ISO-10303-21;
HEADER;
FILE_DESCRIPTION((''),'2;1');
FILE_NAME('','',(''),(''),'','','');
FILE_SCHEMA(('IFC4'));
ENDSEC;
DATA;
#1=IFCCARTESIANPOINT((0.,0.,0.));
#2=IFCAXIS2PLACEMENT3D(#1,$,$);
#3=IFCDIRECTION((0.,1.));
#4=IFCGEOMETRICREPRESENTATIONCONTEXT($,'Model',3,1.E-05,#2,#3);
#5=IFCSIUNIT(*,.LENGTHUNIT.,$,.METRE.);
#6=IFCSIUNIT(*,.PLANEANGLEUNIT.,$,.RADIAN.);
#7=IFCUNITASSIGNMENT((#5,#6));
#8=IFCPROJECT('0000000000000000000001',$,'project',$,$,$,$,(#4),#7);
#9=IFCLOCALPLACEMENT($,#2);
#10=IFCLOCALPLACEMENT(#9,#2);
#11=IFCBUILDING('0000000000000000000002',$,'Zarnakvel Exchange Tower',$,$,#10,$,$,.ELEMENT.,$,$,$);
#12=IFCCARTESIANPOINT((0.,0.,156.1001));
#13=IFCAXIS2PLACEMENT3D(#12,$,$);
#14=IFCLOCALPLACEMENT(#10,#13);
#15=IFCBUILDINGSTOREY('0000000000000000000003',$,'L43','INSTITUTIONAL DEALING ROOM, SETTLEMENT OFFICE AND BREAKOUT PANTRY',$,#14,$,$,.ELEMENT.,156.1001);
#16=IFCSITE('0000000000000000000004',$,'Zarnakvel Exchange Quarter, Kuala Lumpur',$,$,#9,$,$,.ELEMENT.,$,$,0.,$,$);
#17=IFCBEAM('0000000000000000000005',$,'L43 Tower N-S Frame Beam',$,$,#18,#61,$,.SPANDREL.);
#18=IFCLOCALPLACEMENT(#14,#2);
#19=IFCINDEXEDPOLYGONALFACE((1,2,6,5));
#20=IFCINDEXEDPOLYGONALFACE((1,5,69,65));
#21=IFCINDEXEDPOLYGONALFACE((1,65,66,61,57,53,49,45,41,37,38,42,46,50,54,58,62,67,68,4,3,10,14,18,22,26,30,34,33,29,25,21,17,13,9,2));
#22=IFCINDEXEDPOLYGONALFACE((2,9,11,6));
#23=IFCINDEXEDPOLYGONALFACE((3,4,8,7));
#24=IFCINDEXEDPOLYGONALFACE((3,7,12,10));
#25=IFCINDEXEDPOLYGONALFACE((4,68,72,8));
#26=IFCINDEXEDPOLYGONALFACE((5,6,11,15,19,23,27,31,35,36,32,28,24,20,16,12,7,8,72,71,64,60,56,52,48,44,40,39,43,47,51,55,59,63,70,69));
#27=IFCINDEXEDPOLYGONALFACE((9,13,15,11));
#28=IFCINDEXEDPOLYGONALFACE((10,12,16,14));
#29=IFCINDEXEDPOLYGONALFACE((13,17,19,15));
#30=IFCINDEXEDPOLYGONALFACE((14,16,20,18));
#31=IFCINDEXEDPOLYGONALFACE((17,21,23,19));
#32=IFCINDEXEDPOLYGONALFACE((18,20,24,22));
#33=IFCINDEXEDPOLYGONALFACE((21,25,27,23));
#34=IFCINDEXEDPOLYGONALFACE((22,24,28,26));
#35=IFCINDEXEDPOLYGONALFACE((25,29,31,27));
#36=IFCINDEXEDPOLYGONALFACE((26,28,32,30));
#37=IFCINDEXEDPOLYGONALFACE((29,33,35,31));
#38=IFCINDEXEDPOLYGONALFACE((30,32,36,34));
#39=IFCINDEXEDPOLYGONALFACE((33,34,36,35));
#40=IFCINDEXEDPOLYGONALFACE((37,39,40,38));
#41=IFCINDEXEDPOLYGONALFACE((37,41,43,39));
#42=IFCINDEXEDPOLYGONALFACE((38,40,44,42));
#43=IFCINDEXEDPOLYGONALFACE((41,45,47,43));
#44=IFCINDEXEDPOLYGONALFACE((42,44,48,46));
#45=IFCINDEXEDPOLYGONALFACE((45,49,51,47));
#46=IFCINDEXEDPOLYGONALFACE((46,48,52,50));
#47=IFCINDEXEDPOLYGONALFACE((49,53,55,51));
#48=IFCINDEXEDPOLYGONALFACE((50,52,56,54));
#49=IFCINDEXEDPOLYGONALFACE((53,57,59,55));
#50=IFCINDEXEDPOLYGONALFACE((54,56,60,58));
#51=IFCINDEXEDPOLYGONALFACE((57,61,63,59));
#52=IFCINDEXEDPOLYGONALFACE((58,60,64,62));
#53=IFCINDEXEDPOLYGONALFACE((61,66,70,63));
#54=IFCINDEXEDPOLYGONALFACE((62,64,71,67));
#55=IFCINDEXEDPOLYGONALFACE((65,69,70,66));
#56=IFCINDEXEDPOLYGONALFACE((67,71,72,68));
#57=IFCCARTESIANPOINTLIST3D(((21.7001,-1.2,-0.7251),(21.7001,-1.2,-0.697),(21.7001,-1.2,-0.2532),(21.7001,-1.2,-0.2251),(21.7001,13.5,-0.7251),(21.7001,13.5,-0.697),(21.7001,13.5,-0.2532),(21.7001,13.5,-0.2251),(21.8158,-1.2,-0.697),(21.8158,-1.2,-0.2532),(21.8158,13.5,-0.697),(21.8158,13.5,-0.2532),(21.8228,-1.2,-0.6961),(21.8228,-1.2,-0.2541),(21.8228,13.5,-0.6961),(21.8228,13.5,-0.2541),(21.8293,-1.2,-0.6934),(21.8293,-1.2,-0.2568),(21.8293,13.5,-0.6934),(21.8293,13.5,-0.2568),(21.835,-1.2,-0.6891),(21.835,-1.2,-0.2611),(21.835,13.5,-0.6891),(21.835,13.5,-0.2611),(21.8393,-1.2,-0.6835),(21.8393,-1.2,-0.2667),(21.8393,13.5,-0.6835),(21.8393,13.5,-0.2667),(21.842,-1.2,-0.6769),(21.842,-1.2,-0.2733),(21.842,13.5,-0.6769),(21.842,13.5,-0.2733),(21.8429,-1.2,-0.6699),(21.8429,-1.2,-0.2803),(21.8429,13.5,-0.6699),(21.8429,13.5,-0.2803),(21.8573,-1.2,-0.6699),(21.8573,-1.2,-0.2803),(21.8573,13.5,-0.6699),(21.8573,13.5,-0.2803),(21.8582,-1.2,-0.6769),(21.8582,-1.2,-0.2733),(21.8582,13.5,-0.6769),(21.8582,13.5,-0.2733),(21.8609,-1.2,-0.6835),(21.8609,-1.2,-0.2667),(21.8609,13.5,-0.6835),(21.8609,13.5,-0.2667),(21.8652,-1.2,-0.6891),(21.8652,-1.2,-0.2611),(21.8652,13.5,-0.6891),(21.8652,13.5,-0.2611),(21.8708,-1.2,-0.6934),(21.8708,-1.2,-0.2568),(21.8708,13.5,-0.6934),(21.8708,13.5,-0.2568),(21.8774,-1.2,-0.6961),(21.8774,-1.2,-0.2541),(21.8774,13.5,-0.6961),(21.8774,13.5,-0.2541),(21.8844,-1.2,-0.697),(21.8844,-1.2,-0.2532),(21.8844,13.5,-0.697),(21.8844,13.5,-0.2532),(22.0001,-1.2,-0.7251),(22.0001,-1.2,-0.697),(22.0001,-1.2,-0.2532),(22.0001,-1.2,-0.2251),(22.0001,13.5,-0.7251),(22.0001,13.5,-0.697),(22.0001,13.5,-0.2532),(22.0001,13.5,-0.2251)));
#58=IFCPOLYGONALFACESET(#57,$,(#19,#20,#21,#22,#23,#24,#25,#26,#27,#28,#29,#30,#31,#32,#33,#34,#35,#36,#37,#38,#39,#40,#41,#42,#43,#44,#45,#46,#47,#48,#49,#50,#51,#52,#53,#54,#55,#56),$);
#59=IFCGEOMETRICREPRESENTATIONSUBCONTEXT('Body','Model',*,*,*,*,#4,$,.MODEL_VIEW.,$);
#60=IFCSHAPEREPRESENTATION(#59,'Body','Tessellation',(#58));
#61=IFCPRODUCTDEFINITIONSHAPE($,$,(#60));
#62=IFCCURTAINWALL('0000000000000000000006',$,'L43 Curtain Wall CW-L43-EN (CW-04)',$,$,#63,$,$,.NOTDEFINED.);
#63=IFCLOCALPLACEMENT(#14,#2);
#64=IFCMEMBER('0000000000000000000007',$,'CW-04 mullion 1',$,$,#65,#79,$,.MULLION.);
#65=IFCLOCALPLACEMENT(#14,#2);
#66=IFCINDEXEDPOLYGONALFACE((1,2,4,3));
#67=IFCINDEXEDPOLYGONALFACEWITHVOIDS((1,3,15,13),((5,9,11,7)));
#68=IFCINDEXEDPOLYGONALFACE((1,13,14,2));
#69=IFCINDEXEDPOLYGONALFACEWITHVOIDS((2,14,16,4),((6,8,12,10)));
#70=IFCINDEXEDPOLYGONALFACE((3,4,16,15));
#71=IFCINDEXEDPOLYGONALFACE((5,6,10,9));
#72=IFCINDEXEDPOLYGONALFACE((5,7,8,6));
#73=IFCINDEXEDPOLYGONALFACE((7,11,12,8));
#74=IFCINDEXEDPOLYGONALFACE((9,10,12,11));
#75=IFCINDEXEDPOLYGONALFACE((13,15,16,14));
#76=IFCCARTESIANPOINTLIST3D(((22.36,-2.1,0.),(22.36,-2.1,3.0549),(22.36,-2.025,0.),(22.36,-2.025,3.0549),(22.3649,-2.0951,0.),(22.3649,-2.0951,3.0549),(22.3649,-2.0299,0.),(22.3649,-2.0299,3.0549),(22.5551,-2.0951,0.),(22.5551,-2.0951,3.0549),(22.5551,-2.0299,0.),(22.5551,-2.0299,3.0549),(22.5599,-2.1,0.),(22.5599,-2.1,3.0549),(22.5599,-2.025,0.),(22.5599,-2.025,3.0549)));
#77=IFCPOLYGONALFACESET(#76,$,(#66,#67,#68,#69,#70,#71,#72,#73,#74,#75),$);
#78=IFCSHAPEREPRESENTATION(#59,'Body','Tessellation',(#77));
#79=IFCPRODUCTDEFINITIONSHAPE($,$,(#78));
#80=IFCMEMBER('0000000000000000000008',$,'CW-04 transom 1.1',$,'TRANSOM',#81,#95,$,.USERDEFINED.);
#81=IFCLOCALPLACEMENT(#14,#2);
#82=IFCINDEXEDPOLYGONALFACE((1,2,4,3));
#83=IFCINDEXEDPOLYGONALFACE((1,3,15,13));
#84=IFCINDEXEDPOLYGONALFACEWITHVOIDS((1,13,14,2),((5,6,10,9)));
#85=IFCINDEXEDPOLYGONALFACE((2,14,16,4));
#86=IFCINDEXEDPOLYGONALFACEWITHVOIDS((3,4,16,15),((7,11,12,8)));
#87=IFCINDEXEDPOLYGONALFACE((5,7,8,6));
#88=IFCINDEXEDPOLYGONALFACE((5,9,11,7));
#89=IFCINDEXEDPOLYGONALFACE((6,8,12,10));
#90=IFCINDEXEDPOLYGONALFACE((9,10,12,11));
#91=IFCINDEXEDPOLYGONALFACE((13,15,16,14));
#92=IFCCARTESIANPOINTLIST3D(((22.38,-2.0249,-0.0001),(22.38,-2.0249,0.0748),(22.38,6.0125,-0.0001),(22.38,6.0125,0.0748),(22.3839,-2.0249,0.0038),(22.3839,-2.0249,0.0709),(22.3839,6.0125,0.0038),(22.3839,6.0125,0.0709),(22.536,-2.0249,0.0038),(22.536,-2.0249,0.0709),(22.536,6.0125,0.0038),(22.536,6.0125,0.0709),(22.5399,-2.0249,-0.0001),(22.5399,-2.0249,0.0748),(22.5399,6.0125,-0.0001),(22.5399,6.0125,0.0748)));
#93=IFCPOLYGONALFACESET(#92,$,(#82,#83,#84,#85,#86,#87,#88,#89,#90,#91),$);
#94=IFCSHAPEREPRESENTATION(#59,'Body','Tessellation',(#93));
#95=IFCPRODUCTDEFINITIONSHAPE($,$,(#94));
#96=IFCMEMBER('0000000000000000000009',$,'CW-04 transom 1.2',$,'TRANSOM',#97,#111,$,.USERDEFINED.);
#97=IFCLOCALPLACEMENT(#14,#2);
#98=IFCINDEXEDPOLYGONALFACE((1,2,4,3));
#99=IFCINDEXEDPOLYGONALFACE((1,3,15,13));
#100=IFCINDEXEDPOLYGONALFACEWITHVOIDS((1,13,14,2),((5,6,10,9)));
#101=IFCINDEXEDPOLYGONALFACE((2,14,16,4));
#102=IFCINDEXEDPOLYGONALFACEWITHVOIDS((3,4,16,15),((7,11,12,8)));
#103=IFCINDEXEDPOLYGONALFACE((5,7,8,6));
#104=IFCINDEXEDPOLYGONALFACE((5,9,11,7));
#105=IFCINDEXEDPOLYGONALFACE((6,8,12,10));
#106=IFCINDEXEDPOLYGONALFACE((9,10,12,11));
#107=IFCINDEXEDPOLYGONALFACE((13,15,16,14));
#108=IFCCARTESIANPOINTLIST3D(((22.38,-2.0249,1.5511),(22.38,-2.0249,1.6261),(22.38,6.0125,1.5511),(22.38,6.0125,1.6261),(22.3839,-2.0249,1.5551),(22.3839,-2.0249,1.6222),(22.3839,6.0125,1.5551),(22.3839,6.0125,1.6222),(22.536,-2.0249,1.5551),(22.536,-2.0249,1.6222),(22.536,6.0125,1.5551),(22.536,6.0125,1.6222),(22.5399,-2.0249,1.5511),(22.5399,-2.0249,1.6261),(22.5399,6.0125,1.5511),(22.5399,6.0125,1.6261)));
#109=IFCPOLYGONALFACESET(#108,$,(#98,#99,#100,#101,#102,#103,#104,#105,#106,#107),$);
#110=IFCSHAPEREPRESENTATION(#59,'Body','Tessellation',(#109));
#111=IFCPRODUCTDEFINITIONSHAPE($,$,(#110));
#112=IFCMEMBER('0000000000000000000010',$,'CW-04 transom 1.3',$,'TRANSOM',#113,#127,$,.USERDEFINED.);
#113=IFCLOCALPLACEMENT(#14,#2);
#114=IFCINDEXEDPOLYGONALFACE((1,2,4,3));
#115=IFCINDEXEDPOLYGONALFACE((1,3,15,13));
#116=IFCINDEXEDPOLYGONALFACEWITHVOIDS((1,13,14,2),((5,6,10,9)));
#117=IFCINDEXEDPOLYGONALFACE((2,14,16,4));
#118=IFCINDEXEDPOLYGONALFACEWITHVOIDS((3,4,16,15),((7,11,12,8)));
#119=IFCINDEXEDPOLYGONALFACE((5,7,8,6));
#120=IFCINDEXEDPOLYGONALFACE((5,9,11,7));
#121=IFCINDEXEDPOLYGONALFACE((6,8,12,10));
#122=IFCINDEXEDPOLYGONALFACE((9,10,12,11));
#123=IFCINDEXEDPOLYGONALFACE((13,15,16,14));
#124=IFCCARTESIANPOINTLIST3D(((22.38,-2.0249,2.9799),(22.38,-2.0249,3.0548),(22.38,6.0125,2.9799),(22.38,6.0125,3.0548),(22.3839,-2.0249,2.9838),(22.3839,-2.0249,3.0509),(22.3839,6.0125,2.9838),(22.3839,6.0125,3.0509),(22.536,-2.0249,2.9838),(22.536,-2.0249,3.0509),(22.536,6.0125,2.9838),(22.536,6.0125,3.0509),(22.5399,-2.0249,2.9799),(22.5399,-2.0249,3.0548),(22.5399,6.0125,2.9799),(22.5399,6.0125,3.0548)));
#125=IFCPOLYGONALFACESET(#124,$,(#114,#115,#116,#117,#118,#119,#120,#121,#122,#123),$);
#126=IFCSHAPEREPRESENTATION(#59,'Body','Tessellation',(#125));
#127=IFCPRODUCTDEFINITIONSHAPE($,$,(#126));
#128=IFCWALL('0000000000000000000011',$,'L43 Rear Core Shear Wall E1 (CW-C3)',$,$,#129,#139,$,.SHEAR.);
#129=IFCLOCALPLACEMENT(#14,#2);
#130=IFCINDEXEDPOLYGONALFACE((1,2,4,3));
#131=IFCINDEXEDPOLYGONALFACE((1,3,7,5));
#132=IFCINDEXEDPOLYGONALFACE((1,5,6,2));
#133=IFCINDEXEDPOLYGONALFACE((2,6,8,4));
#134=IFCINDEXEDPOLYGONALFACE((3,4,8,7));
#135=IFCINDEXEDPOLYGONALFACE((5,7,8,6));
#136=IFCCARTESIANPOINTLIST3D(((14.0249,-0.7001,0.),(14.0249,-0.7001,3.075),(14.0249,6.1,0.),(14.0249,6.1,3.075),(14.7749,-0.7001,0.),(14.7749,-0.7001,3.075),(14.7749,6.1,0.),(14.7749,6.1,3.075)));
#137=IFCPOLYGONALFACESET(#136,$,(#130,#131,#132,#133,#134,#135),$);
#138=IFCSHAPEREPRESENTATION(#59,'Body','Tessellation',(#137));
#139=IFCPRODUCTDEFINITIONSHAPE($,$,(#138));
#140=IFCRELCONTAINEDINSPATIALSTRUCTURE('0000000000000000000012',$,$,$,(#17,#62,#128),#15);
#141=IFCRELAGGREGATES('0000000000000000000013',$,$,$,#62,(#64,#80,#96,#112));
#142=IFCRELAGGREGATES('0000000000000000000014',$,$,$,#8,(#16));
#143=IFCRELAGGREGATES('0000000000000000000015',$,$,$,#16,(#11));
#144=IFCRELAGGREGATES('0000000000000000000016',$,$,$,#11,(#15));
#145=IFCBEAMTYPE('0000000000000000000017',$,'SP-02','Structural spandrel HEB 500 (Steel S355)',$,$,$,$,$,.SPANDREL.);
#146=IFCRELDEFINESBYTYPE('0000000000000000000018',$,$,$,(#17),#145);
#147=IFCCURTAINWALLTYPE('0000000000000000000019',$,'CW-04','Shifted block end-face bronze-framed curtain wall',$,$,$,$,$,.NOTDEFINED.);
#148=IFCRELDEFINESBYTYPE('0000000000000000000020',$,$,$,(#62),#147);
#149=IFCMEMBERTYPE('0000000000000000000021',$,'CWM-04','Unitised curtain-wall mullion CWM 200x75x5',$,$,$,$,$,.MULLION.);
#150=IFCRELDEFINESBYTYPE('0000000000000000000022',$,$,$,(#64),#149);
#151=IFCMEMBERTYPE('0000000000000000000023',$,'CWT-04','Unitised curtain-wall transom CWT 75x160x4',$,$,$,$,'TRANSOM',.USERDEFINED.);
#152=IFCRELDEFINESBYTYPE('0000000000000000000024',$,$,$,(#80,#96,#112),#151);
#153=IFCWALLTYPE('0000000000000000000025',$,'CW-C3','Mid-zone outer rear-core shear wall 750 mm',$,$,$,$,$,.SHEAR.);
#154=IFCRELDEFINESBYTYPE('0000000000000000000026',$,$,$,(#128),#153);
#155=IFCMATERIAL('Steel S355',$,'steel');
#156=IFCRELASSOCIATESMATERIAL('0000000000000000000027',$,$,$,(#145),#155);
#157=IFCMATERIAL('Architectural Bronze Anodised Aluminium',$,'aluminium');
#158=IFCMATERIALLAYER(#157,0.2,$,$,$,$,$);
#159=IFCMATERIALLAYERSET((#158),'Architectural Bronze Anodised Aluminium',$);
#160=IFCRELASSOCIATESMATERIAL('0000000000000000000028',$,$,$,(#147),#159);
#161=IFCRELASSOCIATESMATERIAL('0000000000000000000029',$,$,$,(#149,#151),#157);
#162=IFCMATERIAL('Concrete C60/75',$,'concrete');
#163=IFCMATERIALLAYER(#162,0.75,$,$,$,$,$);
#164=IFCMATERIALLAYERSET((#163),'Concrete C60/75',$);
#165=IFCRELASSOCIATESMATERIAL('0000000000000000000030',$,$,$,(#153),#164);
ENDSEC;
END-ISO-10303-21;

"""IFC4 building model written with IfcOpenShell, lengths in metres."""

from ifc_helpers import new_model, si_unit, direction, frame, frame_2d, origin, origin_2d, place, context, subcontext, project, spatial, rectangle, hollow_rectangle, i_section, extrude, source, transform, mapped, material, layer, layer_set, material_profile, profile_set, type_object, element, aggregate, save


model = new_model("IFC4")

# Units and contexts
model_context = context("Model", 3, precision=1e-05, world=origin(), true_north=direction((0.0, 1.0)))
body_context = subcontext(model_context, "Body", "Model", "MODEL_VIEW")
ifc_project = project(units=[si_unit("LENGTHUNIT", "METRE"), si_unit("PLANEANGLEUNIT", "RADIAN")], contexts=[model_context])

# Site, building, storey
site_placement = place(None, origin())
site = spatial("IfcSite", under=ifc_project, at=site_placement, Name="Zarnakvel Exchange Quarter, Kuala Lumpur", CompositionType="ELEMENT", RefElevation=0.0)
building_placement = place(site_placement, origin())
building = spatial("IfcBuilding", under=site, at=building_placement, Name="Zarnakvel Exchange Tower", CompositionType="ELEMENT")
storey_placement = place(building_placement, frame((0.0, 0.0, 156.1001)))
storey = spatial("IfcBuildingStorey", under=building, at=storey_placement, Name="L43", Description="INSTITUTIONAL DEALING ROOM, SETTLEMENT OFFICE AND BREAKOUT PANTRY", CompositionType="ELEMENT", Elevation=156.1001)

# Shared definitions
ifc_material_1 = material(Name="Concrete C60/75", Category="concrete")
ifc_material_2 = material(Name="Steel S355", Category="steel")

# Beam
ifc_material_profile_1 = material_profile(ifc_material_2, i_section(OverallWidth=0.3, OverallDepth=0.5, WebThickness=0.0144, FlangeThickness=0.0281, FilletRadius=0.0271, at=origin_2d()))
ifc_profile_set_1 = profile_set([ifc_material_profile_1], Name="Steel S355")
beam_type_1 = type_object("IfcBeamType", Name="SP-02", Description="Structural spandrel HEB 500 (Steel S355)", PredefinedType="SPANDREL", material=ifc_profile_set_1)
beam_1_placement = place(storey_placement, frame((21.8501, -1.2, -0.4751), z_axis=(0.0, 1.0, 0.0), x_axis=(-1.0, 0.0, 0.0)))
element("IfcBeam", 1, at=beam_1_placement, inside=storey, type_object=beam_type_1, Name="L43 Tower N-S Frame Beam", PredefinedType="SPANDREL", context=body_context, shape_type="SweptSolid", body=[
    extrude(i_section(OverallWidth=0.3, OverallDepth=0.5, WebThickness=0.0144, FlangeThickness=0.0281, FilletRadius=0.0271, at=origin_2d()), origin(), (0.0, 0.0, 1.0), 14.7),
])

# Curtain wall, members
ifc_material_3 = material(Name="Architectural Bronze Anodised Aluminium", Category="aluminium")
ifc_layer_1 = layer(ifc_material_3, 0.2)
ifc_layer_set_1 = layer_set([ifc_layer_1], Name="Architectural Bronze Anodised Aluminium")
curtain_wall_type = type_object("IfcCurtainWallType", Name="CW-04", Description="Shifted block end-face bronze-framed curtain wall", PredefinedType="NOTDEFINED", material=ifc_layer_set_1)
curtain_wall_placement = place(storey_placement, origin())
curtain_wall = element("IfcCurtainWall", 2, at=curtain_wall_placement, inside=storey, type_object=curtain_wall_type, Name="L43 Curtain Wall CW-L43-EN (CW-04)", PredefinedType="NOTDEFINED")
ifc_material_profile_2 = material_profile(ifc_material_3, hollow_rectangle(XDim=0.2, YDim=0.075, WallThickness=0.0049, at=origin_2d()))
ifc_profile_set_2 = profile_set([ifc_material_profile_2], Name="Architectural Bronze Anodised Aluminium")
member_type_1 = type_object("IfcMemberType", Name="CWM-04", Description="Unitised curtain-wall mullion CWM 200x75x5", PredefinedType="MULLION", material=ifc_profile_set_2)
shared_shape_1 = source(origin(), body_context, "Body", "SweptSolid", [
    extrude(hollow_rectangle(XDim=0.2, YDim=0.075, WallThickness=0.0049, at=origin_2d()), origin(), (0.0, 0.0, 1.0), 3.0549),
])
member_1_placement = place(storey_placement, frame((22.46, -2.0625, 0.0), z_axis=(0.0, 0.0, 1.0), x_axis=(-1.0, 0.0, 0.0)))
member_1 = element("IfcMember", 3, at=member_1_placement, type_object=member_type_1, Name="CW-04 mullion 1", PredefinedType="MULLION", context=body_context, shape_type="MappedRepresentation", body=[
    mapped(shared_shape_1, transform((0.0, 0.0, 0.0), x_axis=(1.0, 0.0, 0.0), y_axis=(0.0, 1.0, 0.0), z_axis=(0.0, 0.0, 1.0), scale=1.0)),
])
ifc_material_profile_3 = material_profile(ifc_material_3, hollow_rectangle(XDim=0.1599, YDim=0.075, WallThickness=0.0039, at=origin_2d()))
ifc_profile_set_3 = profile_set([ifc_material_profile_3], Name="Architectural Bronze Anodised Aluminium")
member_type_2 = type_object("IfcMemberType", Name="CWT-04", Description="Unitised curtain-wall transom CWT 75x160x4", ElementType="TRANSOM", PredefinedType="USERDEFINED", material=ifc_profile_set_3)
shared_shape_2 = source(origin(), body_context, "Body", "SweptSolid", [
    extrude(hollow_rectangle(XDim=0.1599, YDim=0.075, WallThickness=0.0039, at=origin_2d()), origin(), (0.0, 0.0, 1.0), 8.0374),
])
member_2_placement = place(storey_placement, frame((22.46, -2.0249, 0.0374), z_axis=(0.0, 1.0, 0.0), x_axis=(-1.0, 0.0, 0.0)))
member_2 = element("IfcMember", 4, at=member_2_placement, type_object=member_type_2, Name="CW-04 transom 1.1", ObjectType="TRANSOM", PredefinedType="USERDEFINED", context=body_context, shape_type="MappedRepresentation", body=[
    mapped(shared_shape_2, transform((0.0, 0.0, 0.0), x_axis=(1.0, 0.0, 0.0), y_axis=(0.0, 1.0, 0.0), z_axis=(0.0, 0.0, 1.0), scale=1.0)),
])
member_3_placement = place(storey_placement, frame((22.46, -2.0249, 1.5886), z_axis=(0.0, 1.0, 0.0), x_axis=(-1.0, 0.0, 0.0)))
member_3 = element("IfcMember", 5, at=member_3_placement, type_object=member_type_2, Name="CW-04 transom 1.2", ObjectType="TRANSOM", PredefinedType="USERDEFINED", context=body_context, shape_type="MappedRepresentation", body=[
    mapped(shared_shape_2, transform((0.0, 0.0, 0.0), x_axis=(1.0, 0.0, 0.0), y_axis=(0.0, 1.0, 0.0), z_axis=(0.0, 0.0, 1.0), scale=1.0)),
])
member_4_placement = place(storey_placement, frame((22.46, -2.0249, 3.0173), z_axis=(0.0, 1.0, 0.0), x_axis=(-1.0, 0.0, 0.0)))
member_4 = element("IfcMember", 6, at=member_4_placement, type_object=member_type_2, Name="CW-04 transom 1.3", ObjectType="TRANSOM", PredefinedType="USERDEFINED", context=body_context, shape_type="MappedRepresentation", body=[
    mapped(shared_shape_2, transform((0.0, 0.0, 0.0), x_axis=(1.0, 0.0, 0.0), y_axis=(0.0, 1.0, 0.0), z_axis=(0.0, 0.0, 1.0), scale=1.0)),
])
aggregate(curtain_wall, [member_1, member_2, member_3, member_4])

# Wall
ifc_layer_2 = layer(ifc_material_1, 0.75)
ifc_layer_set_2 = layer_set([ifc_layer_2], Name="Concrete C60/75")
wall_type_1 = type_object("IfcWallType", Name="CW-C3", Description="Mid-zone outer rear-core shear wall 750 mm", PredefinedType="SHEAR", material=ifc_layer_set_2)
wall_1_placement = place(storey_placement, frame((14.3999, -0.7, 0.0), z_axis=(0.0, 0.0, 1.0), x_axis=(0.0, 1.0, 0.0)))
element("IfcWall", 7, at=wall_1_placement, inside=storey, type_object=wall_type_1, Name="L43 Rear Core Shear Wall E1 (CW-C3)", PredefinedType="SHEAR", context=body_context, shape_type="SweptSolid", body=[
    extrude(rectangle(XDim=6.8, YDim=0.75, at=frame_2d((3.3999, 0.0))), origin(), (0.0, 0.0, 1.0), 3.075),
])

save(model, "model.ifc")
